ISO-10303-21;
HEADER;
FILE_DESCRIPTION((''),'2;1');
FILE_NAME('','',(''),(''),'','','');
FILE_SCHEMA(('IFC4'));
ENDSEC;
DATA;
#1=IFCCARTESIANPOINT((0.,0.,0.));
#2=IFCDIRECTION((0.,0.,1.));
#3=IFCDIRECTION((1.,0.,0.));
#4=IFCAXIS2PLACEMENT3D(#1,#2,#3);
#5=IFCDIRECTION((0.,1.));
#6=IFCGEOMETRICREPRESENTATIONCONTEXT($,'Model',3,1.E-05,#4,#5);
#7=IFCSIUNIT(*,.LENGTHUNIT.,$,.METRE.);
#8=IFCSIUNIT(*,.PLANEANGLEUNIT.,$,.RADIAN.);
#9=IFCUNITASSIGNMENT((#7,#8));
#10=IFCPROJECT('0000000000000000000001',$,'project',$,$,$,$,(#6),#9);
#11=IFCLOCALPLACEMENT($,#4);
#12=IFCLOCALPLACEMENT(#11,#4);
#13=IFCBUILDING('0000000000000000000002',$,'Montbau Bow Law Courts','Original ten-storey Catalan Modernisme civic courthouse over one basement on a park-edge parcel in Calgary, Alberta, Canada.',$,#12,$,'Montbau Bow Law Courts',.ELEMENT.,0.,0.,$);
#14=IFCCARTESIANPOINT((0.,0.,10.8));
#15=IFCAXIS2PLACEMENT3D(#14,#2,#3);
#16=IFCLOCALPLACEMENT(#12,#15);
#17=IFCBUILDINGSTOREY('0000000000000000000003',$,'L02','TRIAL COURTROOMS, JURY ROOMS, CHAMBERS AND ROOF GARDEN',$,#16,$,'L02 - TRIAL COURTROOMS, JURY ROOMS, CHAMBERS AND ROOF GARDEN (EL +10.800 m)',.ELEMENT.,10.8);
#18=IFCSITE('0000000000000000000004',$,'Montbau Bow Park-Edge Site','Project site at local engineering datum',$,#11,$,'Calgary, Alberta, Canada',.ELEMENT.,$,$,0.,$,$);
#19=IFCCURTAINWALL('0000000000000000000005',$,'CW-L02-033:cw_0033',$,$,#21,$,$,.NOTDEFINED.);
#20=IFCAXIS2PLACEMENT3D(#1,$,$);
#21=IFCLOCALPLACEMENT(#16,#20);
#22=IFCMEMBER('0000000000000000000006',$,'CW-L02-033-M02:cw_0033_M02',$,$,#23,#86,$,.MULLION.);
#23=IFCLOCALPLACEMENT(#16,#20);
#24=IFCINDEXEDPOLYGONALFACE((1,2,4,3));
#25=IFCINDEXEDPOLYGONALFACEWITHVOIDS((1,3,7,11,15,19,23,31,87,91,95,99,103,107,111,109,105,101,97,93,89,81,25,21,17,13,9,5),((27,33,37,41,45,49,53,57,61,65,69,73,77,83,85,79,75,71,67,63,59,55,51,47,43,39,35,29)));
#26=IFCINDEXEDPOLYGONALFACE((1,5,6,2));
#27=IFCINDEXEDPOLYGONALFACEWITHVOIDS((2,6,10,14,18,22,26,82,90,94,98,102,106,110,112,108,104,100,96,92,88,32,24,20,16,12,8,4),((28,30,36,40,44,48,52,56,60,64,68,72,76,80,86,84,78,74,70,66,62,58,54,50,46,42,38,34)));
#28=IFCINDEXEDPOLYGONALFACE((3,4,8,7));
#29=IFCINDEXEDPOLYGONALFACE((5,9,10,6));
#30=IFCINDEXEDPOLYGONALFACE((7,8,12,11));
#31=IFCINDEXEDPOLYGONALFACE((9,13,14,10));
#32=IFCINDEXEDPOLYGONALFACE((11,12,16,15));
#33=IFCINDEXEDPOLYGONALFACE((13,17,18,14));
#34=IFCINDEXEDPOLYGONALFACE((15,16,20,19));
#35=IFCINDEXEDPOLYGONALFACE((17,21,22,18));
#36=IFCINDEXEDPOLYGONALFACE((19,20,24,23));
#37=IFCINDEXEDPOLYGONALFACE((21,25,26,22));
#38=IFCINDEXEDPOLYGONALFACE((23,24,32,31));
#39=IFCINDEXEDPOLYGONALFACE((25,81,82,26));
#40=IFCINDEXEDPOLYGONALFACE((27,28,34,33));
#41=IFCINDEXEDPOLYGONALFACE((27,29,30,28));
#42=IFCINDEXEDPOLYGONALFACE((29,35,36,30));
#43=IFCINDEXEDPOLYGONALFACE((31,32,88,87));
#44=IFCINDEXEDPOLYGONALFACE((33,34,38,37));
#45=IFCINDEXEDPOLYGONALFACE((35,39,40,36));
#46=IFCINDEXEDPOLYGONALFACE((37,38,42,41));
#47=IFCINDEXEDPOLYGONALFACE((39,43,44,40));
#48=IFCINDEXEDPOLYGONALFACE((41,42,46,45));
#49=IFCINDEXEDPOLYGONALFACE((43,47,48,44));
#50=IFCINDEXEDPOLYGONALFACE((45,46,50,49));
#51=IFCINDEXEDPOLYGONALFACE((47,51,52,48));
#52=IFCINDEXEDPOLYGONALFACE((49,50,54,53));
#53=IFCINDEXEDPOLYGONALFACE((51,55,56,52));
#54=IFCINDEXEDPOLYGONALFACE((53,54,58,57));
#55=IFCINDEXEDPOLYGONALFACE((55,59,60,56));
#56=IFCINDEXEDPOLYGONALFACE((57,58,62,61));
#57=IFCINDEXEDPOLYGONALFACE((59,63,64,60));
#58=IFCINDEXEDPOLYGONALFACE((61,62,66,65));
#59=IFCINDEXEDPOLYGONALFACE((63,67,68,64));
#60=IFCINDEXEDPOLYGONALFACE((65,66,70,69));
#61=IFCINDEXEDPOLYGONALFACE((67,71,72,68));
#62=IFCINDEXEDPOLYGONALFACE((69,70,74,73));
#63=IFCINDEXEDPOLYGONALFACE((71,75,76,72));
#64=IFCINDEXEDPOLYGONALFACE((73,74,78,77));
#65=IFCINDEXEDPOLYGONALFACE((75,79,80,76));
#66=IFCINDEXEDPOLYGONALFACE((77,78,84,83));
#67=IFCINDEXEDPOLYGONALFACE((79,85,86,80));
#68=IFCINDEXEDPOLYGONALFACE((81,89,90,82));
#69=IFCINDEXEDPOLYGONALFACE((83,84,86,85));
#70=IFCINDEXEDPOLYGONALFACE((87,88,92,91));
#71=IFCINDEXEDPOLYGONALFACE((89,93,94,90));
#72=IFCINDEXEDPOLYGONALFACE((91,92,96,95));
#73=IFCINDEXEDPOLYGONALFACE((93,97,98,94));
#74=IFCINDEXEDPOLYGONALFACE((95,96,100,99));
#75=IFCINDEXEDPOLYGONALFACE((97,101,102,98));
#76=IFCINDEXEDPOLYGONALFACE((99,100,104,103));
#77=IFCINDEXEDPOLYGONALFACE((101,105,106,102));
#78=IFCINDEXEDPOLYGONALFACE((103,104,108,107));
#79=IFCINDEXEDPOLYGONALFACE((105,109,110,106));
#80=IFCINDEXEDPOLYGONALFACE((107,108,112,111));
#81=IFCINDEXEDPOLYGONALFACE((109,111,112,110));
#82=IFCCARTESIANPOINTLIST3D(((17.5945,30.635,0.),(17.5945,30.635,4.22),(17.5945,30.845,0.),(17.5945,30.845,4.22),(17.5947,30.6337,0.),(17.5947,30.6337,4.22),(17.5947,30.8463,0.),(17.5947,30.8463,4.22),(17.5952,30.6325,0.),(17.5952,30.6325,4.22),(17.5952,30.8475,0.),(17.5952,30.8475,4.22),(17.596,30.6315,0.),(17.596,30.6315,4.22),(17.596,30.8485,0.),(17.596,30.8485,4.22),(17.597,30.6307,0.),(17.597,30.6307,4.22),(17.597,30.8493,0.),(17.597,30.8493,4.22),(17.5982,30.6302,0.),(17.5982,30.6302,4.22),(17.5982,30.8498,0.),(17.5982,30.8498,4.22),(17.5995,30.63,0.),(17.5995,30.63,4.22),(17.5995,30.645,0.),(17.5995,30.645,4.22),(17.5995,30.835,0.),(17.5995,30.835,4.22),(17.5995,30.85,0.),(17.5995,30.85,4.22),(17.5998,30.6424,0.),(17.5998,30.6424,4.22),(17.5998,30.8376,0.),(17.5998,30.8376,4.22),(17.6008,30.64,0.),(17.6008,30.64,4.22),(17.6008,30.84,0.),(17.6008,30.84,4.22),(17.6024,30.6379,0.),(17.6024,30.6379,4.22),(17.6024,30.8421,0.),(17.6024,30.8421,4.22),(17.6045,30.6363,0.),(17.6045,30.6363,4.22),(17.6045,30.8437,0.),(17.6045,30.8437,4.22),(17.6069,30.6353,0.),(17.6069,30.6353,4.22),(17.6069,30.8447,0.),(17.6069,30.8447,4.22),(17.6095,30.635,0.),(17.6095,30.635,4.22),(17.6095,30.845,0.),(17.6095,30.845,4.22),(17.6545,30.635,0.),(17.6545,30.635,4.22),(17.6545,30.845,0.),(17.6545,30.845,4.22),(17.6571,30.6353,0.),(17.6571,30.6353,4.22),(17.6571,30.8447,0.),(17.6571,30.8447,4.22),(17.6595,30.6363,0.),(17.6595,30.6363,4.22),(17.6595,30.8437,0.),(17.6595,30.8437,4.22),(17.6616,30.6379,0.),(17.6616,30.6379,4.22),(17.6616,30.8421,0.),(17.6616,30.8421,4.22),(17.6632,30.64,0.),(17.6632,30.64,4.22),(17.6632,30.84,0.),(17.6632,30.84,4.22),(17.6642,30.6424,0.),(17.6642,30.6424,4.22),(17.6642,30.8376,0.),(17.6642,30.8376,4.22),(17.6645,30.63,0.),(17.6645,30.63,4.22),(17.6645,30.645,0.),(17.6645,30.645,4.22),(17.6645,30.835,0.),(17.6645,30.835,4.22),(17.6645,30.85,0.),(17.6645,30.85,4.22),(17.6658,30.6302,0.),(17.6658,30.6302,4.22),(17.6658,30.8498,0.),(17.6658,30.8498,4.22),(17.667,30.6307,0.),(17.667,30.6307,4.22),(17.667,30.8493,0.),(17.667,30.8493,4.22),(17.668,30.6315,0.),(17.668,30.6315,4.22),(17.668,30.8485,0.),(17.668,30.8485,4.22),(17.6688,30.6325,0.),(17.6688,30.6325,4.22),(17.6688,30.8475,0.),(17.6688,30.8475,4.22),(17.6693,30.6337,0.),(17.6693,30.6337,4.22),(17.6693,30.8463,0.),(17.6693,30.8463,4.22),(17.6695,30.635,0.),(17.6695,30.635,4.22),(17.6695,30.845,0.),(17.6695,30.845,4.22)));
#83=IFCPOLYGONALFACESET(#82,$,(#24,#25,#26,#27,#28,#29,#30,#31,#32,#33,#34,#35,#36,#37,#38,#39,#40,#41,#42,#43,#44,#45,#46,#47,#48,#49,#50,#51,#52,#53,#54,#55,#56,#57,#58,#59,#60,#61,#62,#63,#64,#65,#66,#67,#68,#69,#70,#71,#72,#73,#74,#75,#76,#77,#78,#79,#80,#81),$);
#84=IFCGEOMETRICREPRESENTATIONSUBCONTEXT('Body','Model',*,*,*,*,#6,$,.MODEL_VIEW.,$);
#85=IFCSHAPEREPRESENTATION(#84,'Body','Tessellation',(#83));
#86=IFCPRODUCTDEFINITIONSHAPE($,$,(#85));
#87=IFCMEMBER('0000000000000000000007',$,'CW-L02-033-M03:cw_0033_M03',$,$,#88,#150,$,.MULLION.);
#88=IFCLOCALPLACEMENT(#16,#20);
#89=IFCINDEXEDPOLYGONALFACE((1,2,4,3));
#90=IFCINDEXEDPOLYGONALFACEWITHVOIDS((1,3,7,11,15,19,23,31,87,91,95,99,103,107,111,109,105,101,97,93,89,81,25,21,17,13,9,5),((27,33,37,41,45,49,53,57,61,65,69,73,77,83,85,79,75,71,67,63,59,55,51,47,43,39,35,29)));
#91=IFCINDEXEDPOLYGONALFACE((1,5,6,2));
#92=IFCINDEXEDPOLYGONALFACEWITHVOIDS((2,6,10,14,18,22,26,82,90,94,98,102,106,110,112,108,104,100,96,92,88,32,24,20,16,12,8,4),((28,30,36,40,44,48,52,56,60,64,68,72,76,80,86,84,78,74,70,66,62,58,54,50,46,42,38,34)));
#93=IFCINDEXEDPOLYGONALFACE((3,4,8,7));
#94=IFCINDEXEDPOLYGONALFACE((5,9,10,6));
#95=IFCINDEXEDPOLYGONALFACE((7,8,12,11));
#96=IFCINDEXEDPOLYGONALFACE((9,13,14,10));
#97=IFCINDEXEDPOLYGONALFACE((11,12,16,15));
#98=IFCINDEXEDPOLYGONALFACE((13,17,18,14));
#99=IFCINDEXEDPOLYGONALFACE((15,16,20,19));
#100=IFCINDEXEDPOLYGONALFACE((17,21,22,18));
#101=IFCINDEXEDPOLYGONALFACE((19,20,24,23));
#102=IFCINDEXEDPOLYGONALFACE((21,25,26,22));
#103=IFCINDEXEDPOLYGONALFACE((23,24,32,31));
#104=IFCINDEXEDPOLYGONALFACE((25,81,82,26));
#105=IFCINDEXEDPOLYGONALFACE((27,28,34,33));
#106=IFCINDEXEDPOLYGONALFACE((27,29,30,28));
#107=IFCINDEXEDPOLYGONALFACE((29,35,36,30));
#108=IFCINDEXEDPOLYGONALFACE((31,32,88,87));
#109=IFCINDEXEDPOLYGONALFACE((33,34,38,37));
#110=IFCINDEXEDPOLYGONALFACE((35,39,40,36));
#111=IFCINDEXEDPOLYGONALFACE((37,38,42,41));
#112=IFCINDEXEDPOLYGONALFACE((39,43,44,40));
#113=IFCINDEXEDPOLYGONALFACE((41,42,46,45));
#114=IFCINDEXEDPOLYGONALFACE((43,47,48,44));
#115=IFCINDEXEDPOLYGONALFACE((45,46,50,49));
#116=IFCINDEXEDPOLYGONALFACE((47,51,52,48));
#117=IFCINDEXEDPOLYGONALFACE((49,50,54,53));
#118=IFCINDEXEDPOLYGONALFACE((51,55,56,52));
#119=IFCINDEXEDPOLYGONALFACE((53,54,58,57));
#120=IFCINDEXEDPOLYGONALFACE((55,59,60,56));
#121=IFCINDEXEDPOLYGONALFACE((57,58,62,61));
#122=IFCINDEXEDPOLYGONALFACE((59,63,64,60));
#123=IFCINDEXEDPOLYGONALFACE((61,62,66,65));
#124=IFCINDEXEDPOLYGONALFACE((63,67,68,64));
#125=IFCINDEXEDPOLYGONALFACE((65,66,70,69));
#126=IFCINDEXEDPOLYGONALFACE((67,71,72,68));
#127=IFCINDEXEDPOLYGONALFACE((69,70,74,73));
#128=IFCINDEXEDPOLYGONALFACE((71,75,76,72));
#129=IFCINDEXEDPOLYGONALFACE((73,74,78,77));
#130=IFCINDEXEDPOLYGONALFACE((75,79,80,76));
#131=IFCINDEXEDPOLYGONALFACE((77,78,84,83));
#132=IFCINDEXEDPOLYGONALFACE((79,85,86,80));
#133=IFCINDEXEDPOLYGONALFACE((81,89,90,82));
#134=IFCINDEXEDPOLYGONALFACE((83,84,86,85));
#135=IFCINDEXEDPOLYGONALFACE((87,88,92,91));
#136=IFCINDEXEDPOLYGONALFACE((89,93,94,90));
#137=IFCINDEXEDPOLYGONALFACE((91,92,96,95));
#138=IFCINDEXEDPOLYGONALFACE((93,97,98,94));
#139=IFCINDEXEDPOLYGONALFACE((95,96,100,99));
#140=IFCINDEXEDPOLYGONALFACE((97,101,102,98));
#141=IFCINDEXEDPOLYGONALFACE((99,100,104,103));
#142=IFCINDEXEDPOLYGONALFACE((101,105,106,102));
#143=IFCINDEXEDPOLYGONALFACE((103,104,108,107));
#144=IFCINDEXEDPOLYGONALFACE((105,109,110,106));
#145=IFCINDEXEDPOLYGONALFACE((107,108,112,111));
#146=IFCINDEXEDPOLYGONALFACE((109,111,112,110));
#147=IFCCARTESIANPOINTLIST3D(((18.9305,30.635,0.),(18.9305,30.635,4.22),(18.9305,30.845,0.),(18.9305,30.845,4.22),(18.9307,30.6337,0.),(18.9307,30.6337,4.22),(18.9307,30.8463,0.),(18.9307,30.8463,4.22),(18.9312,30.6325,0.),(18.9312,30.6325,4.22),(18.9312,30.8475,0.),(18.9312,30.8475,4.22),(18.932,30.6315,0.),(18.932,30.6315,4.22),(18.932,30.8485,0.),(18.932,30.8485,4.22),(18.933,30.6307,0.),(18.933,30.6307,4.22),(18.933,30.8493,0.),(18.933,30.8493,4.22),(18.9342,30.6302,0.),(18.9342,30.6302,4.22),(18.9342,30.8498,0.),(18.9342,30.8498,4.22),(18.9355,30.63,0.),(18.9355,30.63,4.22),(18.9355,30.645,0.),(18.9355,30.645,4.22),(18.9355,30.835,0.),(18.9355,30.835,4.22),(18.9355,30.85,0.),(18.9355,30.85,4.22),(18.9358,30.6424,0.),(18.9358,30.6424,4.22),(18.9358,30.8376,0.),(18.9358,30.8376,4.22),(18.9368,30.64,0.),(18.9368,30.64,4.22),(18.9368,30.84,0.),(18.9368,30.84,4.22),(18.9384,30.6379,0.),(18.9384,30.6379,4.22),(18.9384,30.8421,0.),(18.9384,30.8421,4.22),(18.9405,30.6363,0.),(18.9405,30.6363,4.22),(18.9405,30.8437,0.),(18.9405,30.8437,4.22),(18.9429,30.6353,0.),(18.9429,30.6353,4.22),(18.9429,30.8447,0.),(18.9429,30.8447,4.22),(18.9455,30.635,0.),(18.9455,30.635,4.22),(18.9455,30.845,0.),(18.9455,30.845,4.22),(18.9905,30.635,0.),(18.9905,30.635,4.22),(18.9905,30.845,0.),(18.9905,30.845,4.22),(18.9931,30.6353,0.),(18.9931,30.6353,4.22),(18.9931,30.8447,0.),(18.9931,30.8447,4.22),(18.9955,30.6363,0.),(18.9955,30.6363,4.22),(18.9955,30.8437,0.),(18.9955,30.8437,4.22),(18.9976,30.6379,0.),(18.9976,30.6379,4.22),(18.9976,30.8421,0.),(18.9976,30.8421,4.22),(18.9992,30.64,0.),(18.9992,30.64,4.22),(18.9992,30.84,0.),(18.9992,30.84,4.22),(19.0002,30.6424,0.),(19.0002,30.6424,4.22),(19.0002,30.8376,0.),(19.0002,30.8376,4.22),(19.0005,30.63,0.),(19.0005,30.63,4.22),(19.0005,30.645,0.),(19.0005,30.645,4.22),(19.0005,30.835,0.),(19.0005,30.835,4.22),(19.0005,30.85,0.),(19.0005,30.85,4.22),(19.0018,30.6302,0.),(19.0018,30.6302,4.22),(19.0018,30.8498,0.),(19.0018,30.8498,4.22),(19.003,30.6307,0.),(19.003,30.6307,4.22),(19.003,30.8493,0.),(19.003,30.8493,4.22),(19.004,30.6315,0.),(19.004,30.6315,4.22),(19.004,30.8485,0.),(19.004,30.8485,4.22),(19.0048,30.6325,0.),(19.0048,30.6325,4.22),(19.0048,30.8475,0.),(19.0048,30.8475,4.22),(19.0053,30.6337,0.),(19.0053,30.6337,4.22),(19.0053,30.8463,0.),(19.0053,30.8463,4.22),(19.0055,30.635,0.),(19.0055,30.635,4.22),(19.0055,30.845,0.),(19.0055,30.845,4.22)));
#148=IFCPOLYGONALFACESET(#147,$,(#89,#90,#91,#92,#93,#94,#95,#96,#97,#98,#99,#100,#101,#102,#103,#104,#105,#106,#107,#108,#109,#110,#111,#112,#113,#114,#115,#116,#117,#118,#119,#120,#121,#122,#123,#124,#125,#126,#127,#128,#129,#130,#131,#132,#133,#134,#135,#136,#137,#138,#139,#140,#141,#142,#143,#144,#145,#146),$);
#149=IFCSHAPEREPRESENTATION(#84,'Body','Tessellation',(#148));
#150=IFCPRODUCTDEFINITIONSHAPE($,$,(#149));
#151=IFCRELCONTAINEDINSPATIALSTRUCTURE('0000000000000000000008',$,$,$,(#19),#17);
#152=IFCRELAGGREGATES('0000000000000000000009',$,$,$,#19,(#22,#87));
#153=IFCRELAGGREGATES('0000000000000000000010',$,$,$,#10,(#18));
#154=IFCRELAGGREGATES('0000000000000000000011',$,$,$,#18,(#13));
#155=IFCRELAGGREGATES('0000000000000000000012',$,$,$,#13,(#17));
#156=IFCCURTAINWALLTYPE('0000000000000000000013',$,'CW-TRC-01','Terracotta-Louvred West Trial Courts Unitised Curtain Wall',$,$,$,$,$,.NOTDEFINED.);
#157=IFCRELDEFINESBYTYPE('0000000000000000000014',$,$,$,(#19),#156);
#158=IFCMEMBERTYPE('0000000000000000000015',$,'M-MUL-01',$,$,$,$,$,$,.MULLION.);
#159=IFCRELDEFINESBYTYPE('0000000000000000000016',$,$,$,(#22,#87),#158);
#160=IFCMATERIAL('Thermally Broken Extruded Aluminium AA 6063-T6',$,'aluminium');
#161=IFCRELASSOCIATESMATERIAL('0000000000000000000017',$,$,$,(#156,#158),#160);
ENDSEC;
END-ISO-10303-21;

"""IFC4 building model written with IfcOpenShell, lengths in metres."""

from ifc_helpers import new_model, si_unit, direction, frame, origin_with_axes, origin_2d_with_axis, place, context, subcontext, project, spatial, hollow_rectangle, extrude, material, material_profile, profile_set, type_object, element, aggregate, save


model = new_model("IFC4")

# Units and contexts
model_context = context("Model", 3, precision=1e-05, world=origin_with_axes(), true_north=direction((0.0, 1.0)))
body_context = subcontext(model_context, "Body", "Model", "MODEL_VIEW")
ifc_project = project(units=[si_unit("LENGTHUNIT", "METRE"), si_unit("PLANEANGLEUNIT", "RADIAN")], contexts=[model_context])

# Site, building, storey
site_placement = place(None, origin_with_axes())
site = spatial("IfcSite", under=ifc_project, at=site_placement, Name="Montbau Bow Park-Edge Site", Description="Project site at local engineering datum", LongName="Calgary, Alberta, Canada", CompositionType="ELEMENT", RefElevation=0.0)
building_placement = place(site_placement, origin_with_axes())
building = spatial("IfcBuilding", under=site, at=building_placement, Name="Montbau Bow Law Courts", Description="Original ten-storey Catalan Modernisme civic courthouse over one basement on a park-edge parcel in Calgary, Alberta, Canada.", LongName="Montbau Bow Law Courts", CompositionType="ELEMENT", ElevationOfRefHeight=0.0, ElevationOfTerrain=0.0)
storey_placement = place(building_placement, frame((0.0, 0.0, 10.8), z_axis=(0.0, 0.0, 1.0), x_axis=(1.0, 0.0, 0.0)))
storey = spatial("IfcBuildingStorey", under=building, at=storey_placement, Name="L02", Description="TRIAL COURTROOMS, JURY ROOMS, CHAMBERS AND ROOF GARDEN", LongName="L02 - TRIAL COURTROOMS, JURY ROOMS, CHAMBERS AND ROOF GARDEN (EL +10.800 m)", CompositionType="ELEMENT", Elevation=10.8)

# Curtain wall, members
ifc_material_1 = material(Name="Thermally Broken Extruded Aluminium AA 6063-T6", Category="aluminium")
curtain_wall_type = type_object("IfcCurtainWallType", Name="CW-TRC-01", Description="Terracotta-Louvred West Trial Courts Unitised Curtain Wall", PredefinedType="NOTDEFINED", material=ifc_material_1)
curtain_wall_placement = place(None, frame((16.296, 30.74, 10.8), z_axis=(0.0, 0.0, 1.0), x_axis=(1.0, 0.0, 0.0)))
curtain_wall = element("IfcCurtainWall", 1, at=curtain_wall_placement, inside=storey, type_object=curtain_wall_type, Name="CW-L02-033:cw_0033", PredefinedType="NOTDEFINED")
ifc_material_profile_1 = material_profile(ifc_material_1, hollow_rectangle(XDim=0.075, YDim=0.22, WallThickness=0.005, InnerFilletRadius=0.01, OuterFilletRadius=0.005, at=origin_2d_with_axis()), Name="CWM-220X75", Category="Main", Priority=0)
ifc_profile_set_1 = profile_set([ifc_material_profile_1], Name="Thermally Broken Extruded Aluminium AA 6063-T6")
member_type_1 = type_object("IfcMemberType", Name="M-MUL-01", PredefinedType="MULLION", material=ifc_profile_set_1)
member_1_placement = place(None, frame((17.632, 30.74, 10.8), z_axis=(0.0, 0.0, 1.0), x_axis=(1.0, 0.0, 0.0)))
member_1 = element("IfcMember", 2, at=member_1_placement, type_object=member_type_1, Name="CW-L02-033-M02:cw_0033_M02", PredefinedType="MULLION", context=body_context, shape_type="SweptSolid", body=[
    extrude(hollow_rectangle(XDim=0.075, YDim=0.22, WallThickness=0.005, InnerFilletRadius=0.01, OuterFilletRadius=0.005, at=origin_2d_with_axis()), origin_with_axes(), (0.0, 0.0, 1.0), 4.22),
])
member_2_placement = place(None, frame((18.968, 30.74, 10.8), z_axis=(0.0, 0.0, 1.0), x_axis=(1.0, 0.0, 0.0)))
member_2 = element("IfcMember", 3, at=member_2_placement, type_object=member_type_1, Name="CW-L02-033-M03:cw_0033_M03", PredefinedType="MULLION", context=body_context, shape_type="SweptSolid", body=[
    extrude(hollow_rectangle(XDim=0.075, YDim=0.22, WallThickness=0.005, InnerFilletRadius=0.01, OuterFilletRadius=0.005, at=origin_2d_with_axis()), origin_with_axes(), (0.0, 0.0, 1.0), 4.22),
])
aggregate(curtain_wall, [member_1, member_2])

save(model, "model.ifc")
